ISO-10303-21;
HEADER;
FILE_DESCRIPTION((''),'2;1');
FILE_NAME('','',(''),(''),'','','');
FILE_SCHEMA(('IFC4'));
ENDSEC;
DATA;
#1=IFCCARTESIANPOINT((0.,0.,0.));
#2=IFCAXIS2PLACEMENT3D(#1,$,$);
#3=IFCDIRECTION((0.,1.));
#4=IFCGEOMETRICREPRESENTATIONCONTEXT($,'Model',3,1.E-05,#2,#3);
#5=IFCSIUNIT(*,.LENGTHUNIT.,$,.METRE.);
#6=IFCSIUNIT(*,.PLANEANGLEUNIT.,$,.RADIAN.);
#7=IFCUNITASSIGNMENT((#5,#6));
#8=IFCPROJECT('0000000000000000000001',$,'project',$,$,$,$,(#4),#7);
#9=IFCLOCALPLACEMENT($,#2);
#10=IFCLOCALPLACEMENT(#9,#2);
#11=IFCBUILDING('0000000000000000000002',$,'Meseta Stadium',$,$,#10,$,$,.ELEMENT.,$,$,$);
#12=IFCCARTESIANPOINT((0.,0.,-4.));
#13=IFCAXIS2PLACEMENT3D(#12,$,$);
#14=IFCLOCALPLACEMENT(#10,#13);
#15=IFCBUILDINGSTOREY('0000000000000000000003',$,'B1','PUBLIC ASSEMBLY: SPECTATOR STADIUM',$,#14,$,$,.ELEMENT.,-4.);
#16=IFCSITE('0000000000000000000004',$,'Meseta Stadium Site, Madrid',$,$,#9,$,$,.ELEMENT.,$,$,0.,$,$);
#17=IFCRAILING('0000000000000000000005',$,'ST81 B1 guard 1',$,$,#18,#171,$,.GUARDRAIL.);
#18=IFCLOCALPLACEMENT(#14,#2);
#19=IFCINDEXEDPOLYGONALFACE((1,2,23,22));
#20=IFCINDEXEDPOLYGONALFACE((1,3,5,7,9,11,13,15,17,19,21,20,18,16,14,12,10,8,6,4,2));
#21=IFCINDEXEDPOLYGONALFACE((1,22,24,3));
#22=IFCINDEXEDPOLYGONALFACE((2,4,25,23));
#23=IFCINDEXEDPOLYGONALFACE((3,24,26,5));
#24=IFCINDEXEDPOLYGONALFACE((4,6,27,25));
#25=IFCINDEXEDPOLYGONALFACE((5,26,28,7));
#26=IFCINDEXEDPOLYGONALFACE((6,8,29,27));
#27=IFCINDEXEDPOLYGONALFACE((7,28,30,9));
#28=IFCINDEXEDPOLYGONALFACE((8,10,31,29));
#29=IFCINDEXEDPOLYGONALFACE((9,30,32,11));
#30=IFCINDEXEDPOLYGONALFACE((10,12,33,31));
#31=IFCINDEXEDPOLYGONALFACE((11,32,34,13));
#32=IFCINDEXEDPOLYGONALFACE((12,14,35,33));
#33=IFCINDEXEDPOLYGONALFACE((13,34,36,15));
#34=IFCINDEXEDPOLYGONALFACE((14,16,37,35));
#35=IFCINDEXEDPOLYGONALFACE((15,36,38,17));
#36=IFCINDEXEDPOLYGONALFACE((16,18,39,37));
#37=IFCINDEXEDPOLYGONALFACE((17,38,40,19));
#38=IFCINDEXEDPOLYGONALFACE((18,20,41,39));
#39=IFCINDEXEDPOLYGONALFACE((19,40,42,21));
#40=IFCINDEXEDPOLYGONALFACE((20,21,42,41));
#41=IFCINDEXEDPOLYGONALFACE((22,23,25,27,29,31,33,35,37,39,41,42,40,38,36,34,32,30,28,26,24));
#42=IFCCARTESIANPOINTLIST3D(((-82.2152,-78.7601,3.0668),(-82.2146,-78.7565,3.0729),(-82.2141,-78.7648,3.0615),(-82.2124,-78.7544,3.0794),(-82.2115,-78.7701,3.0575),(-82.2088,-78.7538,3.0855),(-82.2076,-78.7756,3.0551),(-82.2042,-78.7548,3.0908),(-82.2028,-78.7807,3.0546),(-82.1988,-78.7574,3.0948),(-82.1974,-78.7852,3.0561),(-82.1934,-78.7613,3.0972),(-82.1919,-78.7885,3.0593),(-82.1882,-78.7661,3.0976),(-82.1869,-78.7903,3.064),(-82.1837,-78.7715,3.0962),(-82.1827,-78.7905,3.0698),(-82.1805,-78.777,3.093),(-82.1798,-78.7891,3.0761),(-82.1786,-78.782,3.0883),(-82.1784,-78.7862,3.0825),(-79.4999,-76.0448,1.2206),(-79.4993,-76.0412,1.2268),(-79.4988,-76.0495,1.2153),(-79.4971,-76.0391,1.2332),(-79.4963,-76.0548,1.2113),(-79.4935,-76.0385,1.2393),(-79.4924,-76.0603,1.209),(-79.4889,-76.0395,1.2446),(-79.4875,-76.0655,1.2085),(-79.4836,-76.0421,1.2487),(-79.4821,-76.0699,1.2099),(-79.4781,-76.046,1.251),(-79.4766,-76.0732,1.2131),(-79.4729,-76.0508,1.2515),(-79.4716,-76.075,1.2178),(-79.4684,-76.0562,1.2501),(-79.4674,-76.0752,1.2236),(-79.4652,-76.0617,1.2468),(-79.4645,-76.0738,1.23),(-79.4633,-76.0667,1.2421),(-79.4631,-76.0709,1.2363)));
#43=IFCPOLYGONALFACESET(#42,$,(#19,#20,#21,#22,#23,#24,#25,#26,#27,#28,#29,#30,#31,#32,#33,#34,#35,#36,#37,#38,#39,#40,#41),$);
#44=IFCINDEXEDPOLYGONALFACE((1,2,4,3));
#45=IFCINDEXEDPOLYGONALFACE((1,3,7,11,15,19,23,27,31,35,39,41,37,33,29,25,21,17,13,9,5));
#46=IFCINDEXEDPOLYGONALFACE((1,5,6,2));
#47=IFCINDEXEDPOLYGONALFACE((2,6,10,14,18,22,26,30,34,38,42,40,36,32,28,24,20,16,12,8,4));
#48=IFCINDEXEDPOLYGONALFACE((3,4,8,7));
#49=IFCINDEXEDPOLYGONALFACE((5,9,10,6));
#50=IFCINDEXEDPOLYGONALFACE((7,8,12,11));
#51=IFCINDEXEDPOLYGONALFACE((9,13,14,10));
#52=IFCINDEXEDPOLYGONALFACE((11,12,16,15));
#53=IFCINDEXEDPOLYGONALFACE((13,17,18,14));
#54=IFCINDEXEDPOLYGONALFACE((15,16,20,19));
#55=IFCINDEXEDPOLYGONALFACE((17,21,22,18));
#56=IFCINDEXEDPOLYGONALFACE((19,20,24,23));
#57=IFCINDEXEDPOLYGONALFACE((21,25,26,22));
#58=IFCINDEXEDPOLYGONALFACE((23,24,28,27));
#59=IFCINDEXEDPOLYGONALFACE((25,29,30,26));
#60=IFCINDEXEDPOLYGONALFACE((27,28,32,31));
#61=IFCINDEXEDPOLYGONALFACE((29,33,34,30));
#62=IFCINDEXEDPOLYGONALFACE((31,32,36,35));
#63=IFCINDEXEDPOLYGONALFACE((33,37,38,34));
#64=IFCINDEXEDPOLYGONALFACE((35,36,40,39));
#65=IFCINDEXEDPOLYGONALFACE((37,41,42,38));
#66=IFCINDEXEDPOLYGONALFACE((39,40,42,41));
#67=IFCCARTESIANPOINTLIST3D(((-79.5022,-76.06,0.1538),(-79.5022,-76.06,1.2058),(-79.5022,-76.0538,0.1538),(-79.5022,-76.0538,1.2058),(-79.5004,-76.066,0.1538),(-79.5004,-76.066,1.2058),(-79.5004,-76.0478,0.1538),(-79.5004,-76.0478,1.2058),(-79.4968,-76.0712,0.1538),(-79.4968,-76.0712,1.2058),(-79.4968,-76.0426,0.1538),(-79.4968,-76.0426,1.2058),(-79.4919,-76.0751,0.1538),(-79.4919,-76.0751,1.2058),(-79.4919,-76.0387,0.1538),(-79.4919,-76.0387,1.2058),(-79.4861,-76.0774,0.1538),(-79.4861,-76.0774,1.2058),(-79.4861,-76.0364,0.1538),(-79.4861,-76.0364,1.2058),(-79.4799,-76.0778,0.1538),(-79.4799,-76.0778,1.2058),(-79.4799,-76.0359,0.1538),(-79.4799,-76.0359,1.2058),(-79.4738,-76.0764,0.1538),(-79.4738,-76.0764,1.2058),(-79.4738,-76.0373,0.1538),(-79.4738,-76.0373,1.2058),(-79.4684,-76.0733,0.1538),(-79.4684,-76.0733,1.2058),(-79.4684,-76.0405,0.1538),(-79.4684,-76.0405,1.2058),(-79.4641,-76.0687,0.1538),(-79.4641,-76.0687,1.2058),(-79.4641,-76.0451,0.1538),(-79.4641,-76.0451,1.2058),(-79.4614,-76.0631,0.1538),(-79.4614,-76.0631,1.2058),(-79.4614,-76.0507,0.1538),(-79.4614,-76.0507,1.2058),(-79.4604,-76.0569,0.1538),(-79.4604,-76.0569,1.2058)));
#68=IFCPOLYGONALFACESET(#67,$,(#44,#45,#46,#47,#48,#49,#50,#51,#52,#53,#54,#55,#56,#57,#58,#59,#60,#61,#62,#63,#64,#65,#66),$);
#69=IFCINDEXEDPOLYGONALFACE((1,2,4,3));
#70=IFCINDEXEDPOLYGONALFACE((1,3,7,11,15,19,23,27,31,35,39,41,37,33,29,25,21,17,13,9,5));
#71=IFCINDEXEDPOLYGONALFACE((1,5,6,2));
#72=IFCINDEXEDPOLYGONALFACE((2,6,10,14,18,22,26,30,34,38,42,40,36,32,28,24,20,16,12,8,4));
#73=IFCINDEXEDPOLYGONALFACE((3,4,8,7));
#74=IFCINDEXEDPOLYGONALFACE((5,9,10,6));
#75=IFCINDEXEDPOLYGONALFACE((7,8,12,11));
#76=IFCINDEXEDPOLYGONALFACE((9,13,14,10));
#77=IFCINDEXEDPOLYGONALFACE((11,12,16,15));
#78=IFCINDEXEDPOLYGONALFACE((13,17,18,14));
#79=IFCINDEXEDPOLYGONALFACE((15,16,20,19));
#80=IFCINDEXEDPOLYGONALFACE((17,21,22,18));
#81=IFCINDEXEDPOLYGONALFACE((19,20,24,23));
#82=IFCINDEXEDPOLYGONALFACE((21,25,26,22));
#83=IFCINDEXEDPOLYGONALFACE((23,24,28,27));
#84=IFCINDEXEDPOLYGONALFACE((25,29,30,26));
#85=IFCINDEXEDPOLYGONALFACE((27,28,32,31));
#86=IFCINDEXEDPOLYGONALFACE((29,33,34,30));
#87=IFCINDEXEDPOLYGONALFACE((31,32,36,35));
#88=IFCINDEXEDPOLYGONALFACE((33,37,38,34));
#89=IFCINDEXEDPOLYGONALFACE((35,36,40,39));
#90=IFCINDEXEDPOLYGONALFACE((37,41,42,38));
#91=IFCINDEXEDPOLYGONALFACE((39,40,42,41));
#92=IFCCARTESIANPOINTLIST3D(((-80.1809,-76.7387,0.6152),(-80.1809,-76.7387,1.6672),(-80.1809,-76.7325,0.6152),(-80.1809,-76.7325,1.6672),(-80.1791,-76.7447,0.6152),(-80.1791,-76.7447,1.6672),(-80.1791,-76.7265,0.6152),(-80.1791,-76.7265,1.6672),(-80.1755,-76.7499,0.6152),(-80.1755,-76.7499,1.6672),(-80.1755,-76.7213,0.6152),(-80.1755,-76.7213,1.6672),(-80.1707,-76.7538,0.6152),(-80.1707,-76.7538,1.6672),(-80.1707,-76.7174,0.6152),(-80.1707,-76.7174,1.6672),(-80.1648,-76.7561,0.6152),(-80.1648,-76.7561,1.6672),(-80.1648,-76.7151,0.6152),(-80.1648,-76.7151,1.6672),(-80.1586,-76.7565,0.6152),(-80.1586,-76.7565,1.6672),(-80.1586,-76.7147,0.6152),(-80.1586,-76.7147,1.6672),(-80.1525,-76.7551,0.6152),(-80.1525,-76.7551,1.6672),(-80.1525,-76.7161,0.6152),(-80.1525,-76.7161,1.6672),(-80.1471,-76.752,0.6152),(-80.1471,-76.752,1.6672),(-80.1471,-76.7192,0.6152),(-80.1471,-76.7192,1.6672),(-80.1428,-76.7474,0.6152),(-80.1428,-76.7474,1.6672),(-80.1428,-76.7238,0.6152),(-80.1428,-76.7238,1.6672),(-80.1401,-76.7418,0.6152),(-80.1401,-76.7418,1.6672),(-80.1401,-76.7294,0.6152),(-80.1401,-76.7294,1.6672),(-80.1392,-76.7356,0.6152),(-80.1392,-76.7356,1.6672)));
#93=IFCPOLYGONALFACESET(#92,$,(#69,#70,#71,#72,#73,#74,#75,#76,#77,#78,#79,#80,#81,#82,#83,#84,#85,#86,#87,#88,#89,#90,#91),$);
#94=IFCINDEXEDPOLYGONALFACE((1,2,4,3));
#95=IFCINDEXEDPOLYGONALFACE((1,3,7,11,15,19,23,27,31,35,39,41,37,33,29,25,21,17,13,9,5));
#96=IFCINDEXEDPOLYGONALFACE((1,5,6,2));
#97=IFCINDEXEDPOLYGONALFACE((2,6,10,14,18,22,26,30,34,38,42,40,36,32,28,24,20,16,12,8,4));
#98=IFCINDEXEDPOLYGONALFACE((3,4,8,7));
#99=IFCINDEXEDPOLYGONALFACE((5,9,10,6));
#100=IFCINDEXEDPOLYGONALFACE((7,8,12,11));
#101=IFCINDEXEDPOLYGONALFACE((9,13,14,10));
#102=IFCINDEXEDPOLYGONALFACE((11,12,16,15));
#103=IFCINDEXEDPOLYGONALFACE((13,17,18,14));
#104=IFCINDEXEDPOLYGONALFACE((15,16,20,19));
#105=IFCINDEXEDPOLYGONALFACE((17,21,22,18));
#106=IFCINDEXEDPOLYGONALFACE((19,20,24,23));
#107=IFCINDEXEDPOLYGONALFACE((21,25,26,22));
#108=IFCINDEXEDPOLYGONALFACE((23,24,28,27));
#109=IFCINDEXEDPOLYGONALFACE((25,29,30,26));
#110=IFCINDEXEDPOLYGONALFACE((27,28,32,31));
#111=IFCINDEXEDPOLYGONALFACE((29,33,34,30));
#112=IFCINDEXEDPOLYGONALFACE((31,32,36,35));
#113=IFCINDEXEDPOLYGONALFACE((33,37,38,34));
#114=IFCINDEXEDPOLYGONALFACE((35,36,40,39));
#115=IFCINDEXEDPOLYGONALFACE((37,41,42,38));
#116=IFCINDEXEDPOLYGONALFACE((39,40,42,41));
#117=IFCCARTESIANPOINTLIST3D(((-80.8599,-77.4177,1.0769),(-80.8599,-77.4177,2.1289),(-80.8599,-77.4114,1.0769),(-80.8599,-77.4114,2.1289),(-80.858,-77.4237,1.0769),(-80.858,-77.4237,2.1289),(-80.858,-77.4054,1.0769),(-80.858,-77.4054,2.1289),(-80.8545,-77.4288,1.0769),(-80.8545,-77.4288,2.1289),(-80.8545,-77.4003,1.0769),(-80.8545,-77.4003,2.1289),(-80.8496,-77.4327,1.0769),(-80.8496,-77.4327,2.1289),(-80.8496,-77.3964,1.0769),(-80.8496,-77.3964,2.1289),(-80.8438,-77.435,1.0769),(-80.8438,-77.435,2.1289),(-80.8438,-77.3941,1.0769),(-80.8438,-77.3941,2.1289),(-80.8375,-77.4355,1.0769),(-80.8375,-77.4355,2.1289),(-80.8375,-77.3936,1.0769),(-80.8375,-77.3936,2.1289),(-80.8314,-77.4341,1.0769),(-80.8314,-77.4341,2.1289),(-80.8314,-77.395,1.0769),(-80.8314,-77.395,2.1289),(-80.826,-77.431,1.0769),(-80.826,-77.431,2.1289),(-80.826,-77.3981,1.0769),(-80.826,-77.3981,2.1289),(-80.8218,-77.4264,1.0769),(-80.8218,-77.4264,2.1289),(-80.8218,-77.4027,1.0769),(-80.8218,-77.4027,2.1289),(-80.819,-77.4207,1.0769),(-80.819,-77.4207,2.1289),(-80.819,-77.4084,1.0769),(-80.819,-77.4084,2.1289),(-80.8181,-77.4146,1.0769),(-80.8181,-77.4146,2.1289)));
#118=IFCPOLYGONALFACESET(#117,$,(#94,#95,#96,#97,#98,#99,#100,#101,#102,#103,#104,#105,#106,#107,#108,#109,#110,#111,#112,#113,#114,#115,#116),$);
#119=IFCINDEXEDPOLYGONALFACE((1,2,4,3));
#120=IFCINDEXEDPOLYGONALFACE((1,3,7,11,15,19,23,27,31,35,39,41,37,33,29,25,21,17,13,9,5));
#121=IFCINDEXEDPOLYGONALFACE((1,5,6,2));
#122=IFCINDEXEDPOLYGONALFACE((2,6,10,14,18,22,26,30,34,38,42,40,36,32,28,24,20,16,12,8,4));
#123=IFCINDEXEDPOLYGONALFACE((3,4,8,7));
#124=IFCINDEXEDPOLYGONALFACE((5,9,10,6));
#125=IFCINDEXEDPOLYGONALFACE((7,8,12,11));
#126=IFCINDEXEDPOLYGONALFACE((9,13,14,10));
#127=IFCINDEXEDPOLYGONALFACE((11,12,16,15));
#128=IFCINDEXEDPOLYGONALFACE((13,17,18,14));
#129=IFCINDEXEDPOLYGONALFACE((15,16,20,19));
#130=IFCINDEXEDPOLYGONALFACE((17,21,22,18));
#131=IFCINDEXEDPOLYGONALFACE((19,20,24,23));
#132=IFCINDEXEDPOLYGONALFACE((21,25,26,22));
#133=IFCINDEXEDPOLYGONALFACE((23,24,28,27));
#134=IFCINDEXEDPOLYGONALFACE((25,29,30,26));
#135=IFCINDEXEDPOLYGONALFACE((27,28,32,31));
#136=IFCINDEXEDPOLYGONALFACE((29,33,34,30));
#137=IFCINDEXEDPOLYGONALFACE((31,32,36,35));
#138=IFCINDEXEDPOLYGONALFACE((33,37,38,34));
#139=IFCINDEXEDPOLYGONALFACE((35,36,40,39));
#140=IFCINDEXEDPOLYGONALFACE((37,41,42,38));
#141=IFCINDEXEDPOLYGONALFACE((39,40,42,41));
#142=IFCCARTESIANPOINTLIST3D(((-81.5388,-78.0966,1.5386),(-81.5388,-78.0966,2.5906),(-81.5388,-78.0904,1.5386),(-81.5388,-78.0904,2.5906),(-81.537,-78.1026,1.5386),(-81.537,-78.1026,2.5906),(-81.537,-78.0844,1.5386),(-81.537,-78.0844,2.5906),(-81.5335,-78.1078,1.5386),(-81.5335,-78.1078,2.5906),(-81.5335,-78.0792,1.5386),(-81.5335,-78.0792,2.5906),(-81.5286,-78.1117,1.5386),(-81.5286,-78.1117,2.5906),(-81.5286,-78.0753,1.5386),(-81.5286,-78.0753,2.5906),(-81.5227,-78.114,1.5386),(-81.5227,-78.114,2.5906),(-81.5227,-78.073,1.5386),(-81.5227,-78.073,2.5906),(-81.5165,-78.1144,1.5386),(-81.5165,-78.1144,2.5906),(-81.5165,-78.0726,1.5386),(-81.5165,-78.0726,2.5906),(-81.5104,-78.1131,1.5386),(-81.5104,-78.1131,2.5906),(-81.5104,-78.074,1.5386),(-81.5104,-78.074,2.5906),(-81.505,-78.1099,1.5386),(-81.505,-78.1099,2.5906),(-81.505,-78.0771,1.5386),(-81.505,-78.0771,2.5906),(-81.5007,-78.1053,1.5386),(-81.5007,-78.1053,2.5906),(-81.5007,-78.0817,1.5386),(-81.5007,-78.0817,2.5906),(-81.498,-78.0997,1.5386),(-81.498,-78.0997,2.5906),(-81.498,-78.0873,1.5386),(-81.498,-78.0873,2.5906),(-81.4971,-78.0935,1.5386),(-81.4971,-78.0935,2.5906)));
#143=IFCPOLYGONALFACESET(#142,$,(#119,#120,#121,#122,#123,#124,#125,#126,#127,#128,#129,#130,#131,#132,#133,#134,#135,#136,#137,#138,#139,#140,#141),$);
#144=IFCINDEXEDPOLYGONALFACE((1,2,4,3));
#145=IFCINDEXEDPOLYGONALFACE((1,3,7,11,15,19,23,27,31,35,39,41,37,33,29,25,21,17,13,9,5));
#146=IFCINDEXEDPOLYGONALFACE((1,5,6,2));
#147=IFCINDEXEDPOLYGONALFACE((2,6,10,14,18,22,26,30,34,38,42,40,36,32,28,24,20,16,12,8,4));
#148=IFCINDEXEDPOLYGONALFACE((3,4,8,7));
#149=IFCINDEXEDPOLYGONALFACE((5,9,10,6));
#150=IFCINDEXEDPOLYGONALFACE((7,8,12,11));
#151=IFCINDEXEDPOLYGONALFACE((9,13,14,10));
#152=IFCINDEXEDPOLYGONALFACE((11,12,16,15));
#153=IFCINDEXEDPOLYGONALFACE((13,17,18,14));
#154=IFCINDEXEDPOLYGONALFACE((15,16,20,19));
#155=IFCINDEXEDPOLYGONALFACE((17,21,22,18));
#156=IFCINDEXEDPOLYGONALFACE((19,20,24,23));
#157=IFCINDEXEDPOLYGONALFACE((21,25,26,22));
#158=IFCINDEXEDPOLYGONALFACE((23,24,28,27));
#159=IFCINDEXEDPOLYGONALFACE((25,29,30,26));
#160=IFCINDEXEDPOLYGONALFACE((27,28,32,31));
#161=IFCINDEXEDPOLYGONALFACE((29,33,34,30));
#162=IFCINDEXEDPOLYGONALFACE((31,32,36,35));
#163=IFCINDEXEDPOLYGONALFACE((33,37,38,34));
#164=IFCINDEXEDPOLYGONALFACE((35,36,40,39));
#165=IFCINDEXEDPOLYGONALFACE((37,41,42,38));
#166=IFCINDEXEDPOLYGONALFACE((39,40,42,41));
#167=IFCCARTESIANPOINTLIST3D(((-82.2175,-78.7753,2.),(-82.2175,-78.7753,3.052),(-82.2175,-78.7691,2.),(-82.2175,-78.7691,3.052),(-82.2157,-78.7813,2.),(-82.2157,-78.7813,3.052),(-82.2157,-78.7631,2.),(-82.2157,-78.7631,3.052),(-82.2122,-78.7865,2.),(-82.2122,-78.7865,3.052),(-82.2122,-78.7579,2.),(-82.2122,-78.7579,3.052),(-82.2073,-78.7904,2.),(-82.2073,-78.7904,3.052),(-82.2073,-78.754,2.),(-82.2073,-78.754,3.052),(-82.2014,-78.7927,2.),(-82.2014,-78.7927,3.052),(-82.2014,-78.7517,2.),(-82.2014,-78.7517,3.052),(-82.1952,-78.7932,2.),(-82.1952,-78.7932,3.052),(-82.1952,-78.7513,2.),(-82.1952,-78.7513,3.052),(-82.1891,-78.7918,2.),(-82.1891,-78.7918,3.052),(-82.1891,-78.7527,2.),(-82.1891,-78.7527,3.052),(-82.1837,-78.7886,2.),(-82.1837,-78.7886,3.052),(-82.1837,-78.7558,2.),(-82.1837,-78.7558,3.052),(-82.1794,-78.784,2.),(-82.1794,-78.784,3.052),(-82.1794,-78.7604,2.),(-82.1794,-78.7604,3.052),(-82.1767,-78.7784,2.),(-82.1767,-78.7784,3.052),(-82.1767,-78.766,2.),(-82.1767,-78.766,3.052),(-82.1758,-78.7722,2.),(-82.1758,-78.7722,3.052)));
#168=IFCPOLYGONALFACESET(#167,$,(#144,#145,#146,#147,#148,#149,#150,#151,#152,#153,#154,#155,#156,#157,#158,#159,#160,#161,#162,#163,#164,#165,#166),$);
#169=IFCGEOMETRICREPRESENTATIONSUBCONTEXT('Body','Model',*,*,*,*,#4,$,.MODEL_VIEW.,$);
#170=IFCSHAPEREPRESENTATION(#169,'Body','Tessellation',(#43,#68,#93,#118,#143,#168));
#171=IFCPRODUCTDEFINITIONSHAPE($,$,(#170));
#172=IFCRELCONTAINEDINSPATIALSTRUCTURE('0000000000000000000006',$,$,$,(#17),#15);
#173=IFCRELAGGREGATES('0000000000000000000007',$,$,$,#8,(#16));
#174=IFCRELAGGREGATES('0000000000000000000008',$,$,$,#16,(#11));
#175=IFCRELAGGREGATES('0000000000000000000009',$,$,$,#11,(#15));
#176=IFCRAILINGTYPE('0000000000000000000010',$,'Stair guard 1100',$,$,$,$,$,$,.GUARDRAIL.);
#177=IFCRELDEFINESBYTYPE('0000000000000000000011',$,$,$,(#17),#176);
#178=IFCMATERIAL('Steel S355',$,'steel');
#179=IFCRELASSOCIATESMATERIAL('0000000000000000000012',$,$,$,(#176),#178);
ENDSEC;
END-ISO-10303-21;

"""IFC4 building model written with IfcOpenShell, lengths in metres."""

from ifc_helpers import new_model, si_unit, direction, frame, origin, origin_2d, place, context, subcontext, project, spatial, circle, extrude, material, type_object, element, save


model = new_model("IFC4")

# Units and contexts
model_context = context("Model", 3, precision=1e-05, world=origin(), true_north=direction((0.0, 1.0)))
body_context = subcontext(model_context, "Body", "Model", "MODEL_VIEW")
ifc_project = project(units=[si_unit("LENGTHUNIT", "METRE"), si_unit("PLANEANGLEUNIT", "RADIAN")], contexts=[model_context])

# Site, building, storey
site_placement = place(None, origin())
site = spatial("IfcSite", under=ifc_project, at=site_placement, Name="Meseta Stadium Site, Madrid", CompositionType="ELEMENT", RefElevation=0.0)
building_placement = place(site_placement, origin())
building = spatial("IfcBuilding", under=site, at=building_placement, Name="Meseta Stadium", CompositionType="ELEMENT")
storey_placement = place(building_placement, frame((0.0, 0.0, -4.0)))
storey = spatial("IfcBuildingStorey", under=building, at=storey_placement, Name="B1", Description="PUBLIC ASSEMBLY: SPECTATOR STADIUM", CompositionType="ELEMENT", Elevation=-4.0)

# Railing
ifc_material_1 = material(Name="Steel S355", Category="steel")
railing_type_1 = type_object("IfcRailingType", Name="Stair guard 1100", PredefinedType="GUARDRAIL", material=ifc_material_1)
railing_1_placement = place(storey_placement, frame((-79.4814, -76.0569, 0.1538)))
element("IfcRailing", 1, at=railing_1_placement, inside=storey, type_object=railing_type_1, Name="ST81 B1 guard 1", PredefinedType="GUARDRAIL", context=body_context, shape_type="SweptSolid", body=[
    extrude(circle(Radius=0.0239, at=origin_2d()), frame((0.0, 0.0, 1.0762), z_axis=(-0.637281, -0.637281, 0.433296), x_axis=(0.707107, -0.707107, 0.0)), (0.0, 0.0, 1.0), 4.2607),
    extrude(circle(Radius=0.021, at=origin_2d()), origin(), (0.0, 0.0, 1.0), 1.052),
    extrude(circle(Radius=0.021, at=origin_2d()), frame((-0.6787, -0.6787, 0.4614)), (0.0, 0.0, 1.0), 1.052),
    extrude(circle(Radius=0.021, at=origin_2d()), frame((-1.3577, -1.3577, 0.9231)), (0.0, 0.0, 1.0), 1.052),
    extrude(circle(Radius=0.021, at=origin_2d()), frame((-2.0366, -2.0366, 1.3848)), (0.0, 0.0, 1.0), 1.052),
    extrude(circle(Radius=0.021, at=origin_2d()), frame((-2.7153, -2.7153, 1.8462)), (0.0, 0.0, 1.0), 1.052),
])

save(model, "model.ifc")
